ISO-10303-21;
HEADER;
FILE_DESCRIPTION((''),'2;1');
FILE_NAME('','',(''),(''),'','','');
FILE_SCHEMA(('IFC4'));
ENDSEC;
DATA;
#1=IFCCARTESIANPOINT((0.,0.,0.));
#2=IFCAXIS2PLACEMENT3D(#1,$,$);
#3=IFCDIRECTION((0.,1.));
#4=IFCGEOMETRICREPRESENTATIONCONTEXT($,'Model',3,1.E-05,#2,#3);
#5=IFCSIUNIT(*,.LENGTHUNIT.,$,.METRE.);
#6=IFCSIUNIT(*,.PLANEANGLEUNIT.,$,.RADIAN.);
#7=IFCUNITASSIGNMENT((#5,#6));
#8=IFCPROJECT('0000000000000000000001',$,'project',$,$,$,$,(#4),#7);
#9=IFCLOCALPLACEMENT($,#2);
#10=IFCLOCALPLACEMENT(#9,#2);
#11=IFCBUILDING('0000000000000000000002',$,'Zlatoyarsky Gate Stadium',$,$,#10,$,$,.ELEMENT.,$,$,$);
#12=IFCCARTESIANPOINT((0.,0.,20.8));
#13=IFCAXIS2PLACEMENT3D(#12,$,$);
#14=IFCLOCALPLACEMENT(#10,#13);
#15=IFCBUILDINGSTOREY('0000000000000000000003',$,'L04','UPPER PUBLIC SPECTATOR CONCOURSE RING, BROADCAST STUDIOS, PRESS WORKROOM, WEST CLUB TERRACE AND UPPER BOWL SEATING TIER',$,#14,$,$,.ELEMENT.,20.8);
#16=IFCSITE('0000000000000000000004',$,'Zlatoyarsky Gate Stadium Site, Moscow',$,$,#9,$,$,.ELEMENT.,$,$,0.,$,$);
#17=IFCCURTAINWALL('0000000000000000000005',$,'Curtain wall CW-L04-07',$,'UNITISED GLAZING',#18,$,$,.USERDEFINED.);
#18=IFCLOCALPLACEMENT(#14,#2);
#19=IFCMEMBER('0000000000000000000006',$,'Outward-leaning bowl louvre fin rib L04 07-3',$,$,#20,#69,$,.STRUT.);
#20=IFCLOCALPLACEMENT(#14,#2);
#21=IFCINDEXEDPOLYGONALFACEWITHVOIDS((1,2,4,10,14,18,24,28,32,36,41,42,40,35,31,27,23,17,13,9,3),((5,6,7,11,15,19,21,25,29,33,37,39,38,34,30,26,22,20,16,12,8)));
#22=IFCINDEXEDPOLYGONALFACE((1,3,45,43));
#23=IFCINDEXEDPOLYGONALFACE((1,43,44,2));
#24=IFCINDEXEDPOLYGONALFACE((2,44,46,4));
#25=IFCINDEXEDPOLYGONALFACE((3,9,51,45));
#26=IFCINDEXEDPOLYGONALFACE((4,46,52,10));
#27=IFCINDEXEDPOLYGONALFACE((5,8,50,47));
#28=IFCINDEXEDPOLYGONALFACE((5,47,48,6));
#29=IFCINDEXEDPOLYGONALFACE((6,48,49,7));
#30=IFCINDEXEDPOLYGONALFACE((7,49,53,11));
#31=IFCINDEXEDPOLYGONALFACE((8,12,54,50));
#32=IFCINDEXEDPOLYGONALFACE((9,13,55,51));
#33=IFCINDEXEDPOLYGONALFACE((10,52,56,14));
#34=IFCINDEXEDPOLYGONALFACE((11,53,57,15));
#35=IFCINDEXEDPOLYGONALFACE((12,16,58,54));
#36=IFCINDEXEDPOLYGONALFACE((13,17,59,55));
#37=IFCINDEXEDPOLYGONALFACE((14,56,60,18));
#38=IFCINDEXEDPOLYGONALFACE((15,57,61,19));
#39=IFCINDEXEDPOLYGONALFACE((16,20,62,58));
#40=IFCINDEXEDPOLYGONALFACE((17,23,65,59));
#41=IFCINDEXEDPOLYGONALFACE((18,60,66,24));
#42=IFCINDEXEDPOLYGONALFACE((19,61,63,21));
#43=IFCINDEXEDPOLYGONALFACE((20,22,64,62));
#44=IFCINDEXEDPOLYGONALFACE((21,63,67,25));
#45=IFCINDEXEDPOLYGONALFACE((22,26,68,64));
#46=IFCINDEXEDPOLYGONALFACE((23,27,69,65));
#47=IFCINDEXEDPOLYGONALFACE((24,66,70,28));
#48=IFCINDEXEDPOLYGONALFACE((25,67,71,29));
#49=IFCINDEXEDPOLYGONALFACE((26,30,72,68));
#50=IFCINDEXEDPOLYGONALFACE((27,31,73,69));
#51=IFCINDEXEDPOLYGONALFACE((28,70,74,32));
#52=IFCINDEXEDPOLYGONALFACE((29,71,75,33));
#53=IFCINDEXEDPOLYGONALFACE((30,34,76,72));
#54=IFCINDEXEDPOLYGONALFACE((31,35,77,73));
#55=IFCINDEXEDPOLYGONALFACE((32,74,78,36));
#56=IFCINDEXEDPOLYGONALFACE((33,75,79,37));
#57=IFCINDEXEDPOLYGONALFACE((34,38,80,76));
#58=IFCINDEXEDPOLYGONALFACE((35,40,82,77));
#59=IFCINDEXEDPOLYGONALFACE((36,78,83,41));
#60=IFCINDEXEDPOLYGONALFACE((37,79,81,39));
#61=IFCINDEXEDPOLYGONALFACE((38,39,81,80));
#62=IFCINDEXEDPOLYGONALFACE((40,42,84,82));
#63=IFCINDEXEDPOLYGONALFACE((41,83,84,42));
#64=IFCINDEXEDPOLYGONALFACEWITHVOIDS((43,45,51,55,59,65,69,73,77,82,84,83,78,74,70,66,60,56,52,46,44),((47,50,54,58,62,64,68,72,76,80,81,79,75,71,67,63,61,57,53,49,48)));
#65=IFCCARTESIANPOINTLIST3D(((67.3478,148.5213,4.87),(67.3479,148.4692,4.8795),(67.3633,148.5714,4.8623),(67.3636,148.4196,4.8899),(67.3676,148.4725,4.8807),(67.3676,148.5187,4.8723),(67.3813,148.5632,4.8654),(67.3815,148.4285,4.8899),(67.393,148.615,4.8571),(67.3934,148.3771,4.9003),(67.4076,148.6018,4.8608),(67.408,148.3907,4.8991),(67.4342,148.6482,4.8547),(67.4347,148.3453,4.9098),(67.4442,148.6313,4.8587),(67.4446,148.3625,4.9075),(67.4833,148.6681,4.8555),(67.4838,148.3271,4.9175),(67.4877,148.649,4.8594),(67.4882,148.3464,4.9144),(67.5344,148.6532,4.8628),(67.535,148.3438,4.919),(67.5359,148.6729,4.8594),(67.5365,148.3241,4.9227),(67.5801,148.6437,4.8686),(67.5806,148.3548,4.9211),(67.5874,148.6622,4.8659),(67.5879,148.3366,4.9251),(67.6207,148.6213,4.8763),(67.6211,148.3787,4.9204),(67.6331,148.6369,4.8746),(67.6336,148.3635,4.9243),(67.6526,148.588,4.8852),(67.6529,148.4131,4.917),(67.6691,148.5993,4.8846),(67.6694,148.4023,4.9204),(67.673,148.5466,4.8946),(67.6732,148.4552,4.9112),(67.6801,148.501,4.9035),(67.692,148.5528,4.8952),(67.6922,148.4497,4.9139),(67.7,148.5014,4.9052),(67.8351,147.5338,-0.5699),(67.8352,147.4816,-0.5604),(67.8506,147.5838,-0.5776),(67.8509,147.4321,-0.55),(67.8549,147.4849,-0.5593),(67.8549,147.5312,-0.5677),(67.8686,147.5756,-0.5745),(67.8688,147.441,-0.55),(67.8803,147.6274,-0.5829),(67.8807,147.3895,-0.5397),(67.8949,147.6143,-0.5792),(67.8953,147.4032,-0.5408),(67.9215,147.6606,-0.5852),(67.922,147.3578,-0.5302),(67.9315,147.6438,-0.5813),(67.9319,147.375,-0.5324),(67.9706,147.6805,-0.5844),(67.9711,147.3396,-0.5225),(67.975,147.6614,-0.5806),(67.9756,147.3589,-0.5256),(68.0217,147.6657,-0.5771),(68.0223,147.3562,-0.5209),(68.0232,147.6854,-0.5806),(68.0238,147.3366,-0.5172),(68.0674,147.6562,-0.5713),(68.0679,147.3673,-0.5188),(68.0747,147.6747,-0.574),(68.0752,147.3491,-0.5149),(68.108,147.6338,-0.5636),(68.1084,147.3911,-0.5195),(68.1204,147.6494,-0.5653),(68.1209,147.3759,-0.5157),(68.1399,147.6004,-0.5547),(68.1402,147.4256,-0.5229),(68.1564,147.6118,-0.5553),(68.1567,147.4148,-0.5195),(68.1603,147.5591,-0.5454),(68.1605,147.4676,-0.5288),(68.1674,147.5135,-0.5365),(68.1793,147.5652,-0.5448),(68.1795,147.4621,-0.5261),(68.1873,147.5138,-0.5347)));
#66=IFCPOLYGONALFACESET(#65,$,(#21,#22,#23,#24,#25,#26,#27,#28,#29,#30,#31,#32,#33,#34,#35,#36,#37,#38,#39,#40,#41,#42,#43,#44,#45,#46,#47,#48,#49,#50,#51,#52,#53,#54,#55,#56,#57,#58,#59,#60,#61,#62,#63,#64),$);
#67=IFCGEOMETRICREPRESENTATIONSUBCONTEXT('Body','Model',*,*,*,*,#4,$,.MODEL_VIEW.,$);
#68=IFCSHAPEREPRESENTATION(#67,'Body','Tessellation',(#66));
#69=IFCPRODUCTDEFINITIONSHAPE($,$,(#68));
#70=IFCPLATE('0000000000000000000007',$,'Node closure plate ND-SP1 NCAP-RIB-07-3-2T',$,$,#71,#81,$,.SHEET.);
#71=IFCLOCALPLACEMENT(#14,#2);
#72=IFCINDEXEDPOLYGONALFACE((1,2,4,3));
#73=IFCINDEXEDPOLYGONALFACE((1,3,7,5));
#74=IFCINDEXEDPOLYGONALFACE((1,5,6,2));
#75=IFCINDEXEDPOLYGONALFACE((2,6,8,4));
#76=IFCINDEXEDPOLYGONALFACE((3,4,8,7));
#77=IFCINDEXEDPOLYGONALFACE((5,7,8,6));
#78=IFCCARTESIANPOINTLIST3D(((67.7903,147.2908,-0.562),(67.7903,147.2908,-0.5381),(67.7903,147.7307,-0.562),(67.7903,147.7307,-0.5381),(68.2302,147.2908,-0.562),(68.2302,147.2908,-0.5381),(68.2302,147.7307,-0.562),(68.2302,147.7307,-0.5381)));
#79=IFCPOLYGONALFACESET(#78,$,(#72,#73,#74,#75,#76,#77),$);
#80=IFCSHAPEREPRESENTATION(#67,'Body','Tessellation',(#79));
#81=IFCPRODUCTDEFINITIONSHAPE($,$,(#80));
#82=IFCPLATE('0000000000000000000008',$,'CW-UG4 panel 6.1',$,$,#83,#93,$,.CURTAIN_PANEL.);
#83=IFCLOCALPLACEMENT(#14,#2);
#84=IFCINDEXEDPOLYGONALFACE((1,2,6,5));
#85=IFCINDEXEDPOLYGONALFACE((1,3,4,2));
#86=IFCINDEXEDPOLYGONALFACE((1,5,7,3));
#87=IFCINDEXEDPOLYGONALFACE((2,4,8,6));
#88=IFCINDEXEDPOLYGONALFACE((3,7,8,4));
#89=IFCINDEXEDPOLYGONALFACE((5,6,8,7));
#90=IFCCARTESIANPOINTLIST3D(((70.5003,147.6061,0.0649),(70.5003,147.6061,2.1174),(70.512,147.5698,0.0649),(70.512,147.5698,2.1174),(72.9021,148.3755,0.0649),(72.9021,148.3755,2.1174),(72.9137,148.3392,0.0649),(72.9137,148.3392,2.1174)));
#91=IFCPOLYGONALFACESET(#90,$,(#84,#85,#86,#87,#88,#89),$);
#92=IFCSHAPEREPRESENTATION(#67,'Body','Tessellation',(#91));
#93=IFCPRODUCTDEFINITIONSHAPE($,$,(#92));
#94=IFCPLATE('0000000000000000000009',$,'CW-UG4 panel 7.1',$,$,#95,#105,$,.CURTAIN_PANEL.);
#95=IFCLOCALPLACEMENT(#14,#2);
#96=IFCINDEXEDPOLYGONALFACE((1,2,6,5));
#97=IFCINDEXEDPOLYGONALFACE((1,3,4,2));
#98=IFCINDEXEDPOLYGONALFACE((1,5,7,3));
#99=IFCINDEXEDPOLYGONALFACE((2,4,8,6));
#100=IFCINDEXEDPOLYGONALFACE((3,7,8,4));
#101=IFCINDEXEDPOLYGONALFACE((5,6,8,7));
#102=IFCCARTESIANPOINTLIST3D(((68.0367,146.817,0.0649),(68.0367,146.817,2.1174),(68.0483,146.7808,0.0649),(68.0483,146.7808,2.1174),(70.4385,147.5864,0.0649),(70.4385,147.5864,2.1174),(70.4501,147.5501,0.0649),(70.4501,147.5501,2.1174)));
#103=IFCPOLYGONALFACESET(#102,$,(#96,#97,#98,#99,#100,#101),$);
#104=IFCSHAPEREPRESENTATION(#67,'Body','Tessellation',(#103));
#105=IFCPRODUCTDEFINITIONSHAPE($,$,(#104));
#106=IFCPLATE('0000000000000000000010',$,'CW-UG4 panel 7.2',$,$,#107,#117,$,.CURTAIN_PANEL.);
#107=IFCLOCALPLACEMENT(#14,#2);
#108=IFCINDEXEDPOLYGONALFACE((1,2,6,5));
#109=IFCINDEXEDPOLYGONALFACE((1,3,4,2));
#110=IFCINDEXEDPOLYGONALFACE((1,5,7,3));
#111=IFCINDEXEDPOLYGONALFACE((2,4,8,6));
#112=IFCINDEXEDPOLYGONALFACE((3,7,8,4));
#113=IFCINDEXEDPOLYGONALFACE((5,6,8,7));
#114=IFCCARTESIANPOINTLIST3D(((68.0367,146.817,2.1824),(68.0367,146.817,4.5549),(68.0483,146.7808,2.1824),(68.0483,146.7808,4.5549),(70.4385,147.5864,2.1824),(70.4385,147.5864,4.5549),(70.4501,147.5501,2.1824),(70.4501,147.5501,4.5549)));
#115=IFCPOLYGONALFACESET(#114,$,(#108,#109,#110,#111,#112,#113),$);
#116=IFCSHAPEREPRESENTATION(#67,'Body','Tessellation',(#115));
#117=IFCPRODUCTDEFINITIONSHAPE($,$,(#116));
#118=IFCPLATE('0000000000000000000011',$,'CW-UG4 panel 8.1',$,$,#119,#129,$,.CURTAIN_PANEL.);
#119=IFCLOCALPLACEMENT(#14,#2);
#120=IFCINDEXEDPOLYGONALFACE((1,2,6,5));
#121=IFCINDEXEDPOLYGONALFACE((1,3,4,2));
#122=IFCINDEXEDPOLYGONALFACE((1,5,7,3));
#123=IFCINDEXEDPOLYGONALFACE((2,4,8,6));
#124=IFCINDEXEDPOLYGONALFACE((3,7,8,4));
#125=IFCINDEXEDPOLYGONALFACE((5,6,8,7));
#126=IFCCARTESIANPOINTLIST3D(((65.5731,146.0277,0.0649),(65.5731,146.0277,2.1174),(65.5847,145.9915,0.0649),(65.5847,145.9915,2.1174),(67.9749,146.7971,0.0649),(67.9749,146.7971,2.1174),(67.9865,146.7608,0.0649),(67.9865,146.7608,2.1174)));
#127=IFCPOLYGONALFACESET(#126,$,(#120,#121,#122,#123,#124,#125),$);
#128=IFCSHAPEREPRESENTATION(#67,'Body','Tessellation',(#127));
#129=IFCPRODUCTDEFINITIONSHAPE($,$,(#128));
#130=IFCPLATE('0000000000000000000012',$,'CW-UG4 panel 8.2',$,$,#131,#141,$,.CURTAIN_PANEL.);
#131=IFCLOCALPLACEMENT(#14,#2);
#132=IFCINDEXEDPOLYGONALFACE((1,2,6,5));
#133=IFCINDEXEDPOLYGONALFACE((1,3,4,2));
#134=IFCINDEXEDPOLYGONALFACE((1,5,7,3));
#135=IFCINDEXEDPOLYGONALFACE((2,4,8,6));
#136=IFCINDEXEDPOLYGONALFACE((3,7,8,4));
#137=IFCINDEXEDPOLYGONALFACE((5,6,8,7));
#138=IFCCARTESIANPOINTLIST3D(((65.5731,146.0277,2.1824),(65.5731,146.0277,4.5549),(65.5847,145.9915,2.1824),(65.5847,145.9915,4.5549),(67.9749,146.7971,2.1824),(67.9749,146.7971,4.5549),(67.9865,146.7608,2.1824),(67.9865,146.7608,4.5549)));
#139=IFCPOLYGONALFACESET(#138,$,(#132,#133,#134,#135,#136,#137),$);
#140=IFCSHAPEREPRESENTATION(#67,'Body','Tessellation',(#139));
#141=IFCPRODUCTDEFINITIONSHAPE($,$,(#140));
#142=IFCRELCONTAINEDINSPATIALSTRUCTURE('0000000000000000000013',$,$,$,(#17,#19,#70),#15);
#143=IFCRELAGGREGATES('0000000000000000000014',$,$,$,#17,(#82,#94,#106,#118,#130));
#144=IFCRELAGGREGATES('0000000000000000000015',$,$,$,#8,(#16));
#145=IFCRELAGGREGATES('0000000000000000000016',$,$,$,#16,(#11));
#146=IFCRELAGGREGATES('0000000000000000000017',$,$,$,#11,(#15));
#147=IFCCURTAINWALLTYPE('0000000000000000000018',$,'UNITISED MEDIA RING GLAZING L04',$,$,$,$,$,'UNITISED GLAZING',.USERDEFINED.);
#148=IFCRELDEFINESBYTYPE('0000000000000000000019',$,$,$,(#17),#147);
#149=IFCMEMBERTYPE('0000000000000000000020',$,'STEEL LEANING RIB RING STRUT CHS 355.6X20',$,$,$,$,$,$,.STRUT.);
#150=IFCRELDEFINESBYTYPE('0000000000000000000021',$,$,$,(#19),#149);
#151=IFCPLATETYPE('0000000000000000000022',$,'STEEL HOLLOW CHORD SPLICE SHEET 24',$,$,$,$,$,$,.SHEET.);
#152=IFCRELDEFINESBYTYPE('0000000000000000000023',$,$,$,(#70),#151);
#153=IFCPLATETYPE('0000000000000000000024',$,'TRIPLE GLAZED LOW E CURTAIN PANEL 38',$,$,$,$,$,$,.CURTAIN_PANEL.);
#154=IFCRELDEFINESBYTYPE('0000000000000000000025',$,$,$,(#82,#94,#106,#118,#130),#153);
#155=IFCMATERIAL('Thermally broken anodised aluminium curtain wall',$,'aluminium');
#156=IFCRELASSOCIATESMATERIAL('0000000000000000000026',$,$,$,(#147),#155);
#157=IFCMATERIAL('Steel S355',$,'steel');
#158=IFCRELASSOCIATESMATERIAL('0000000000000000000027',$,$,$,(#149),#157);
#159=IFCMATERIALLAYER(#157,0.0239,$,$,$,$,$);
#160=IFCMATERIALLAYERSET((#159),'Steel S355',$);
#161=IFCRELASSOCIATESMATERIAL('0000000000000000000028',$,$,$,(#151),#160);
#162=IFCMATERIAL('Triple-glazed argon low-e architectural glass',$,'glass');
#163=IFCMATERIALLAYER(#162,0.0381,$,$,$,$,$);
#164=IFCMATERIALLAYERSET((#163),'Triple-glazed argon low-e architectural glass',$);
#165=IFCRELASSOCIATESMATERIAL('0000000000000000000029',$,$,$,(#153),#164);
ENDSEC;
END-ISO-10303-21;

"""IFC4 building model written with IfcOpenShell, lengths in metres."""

from ifc_helpers import new_model, si_unit, direction, frame, origin, origin_2d, place, context, subcontext, project, spatial, rectangle, hollow_circle, extrude, material, layer, layer_set, material_profile, profile_set, type_object, element, aggregate, save


model = new_model("IFC4")

# Units and contexts
model_context = context("Model", 3, precision=1e-05, world=origin(), true_north=direction((0.0, 1.0)))
body_context = subcontext(model_context, "Body", "Model", "MODEL_VIEW")
ifc_project = project(units=[si_unit("LENGTHUNIT", "METRE"), si_unit("PLANEANGLEUNIT", "RADIAN")], contexts=[model_context])

# Site, building, storey
site_placement = place(None, origin())
site = spatial("IfcSite", under=ifc_project, at=site_placement, Name="Zlatoyarsky Gate Stadium Site, Moscow", CompositionType="ELEMENT", RefElevation=0.0)
building_placement = place(site_placement, origin())
building = spatial("IfcBuilding", under=site, at=building_placement, Name="Zlatoyarsky Gate Stadium", CompositionType="ELEMENT")
storey_placement = place(building_placement, frame((0.0, 0.0, 20.8)))
storey = spatial("IfcBuildingStorey", under=building, at=storey_placement, Name="L04", Description="UPPER PUBLIC SPECTATOR CONCOURSE RING, BROADCAST STUDIOS, PRESS WORKROOM, WEST CLUB TERRACE AND UPPER BOWL SEATING TIER", CompositionType="ELEMENT", Elevation=20.8)

# Curtain wall
ifc_material_1 = material(Name="Thermally broken anodised aluminium curtain wall", Category="aluminium")
curtain_wall_type = type_object("IfcCurtainWallType", Name="UNITISED MEDIA RING GLAZING L04", ElementType="UNITISED GLAZING", PredefinedType="USERDEFINED", material=ifc_material_1)
curtain_wall_placement = place(storey_placement, origin())
curtain_wall = element("IfcCurtainWall", 1, at=curtain_wall_placement, inside=storey, type_object=curtain_wall_type, Name="Curtain wall CW-L04-07", ObjectType="UNITISED GLAZING", PredefinedType="USERDEFINED")

# Member
ifc_material_2 = material(Name="Steel S355", Category="steel")
ifc_material_profile_1 = material_profile(ifc_material_2, hollow_circle(Radius=0.1777, WallThickness=0.02, at=origin_2d()), Name="CHS 355.6X20")
ifc_profile_set_1 = profile_set([ifc_material_profile_1], Name="Steel S355")
member_type_1 = type_object("IfcMemberType", Name="STEEL LEANING RIB RING STRUT CHS 355.6X20", PredefinedType="STRUT", material=ifc_profile_set_1)
member_1_placement = place(storey_placement, frame((68.0103, 147.5107, -0.55), z_axis=(-0.087798, 0.177928, 0.980119), x_axis=(-0.896765, -0.442507, 0.0)))
element("IfcMember", 2, at=member_1_placement, inside=storey, type_object=member_type_1, Name="Outward-leaning bowl louvre fin rib L04 07-3", PredefinedType="STRUT", context=body_context, shape_type="SweptSolid", body=[
    extrude(hollow_circle(Radius=0.1777, WallThickness=0.02, at=origin_2d()), origin(), (0.0, 0.0, 1.0), 5.5503),
])

# Plates
ifc_layer_1 = layer(ifc_material_2, 0.0239)
ifc_layer_set_1 = layer_set([ifc_layer_1], Name="Steel S355")
plate_type_1 = type_object("IfcPlateType", Name="STEEL HOLLOW CHORD SPLICE SHEET 24", PredefinedType="SHEET", material=ifc_layer_set_1)
plate_1_placement = place(storey_placement, frame((68.0103, 147.5107, -0.562), z_axis=(0.0, 0.0, 1.0), x_axis=(1.0, 0.0, 0.0)))
element("IfcPlate", 3, at=plate_1_placement, inside=storey, type_object=plate_type_1, Name="Node closure plate ND-SP1 NCAP-RIB-07-3-2T", PredefinedType="SHEET", context=body_context, shape_type="SweptSolid", body=[
    extrude(rectangle(XDim=0.4399, YDim=0.4399, at=origin_2d()), origin(), (0.0, 0.0, 1.0), 0.0239),
])
ifc_material_3 = material(Name="Triple-glazed argon low-e architectural glass", Category="glass")
ifc_layer_2 = layer(ifc_material_3, 0.0381)
ifc_layer_set_2 = layer_set([ifc_layer_2], Name="Triple-glazed argon low-e architectural glass")
plate_type_2 = type_object("IfcPlateType", Name="TRIPLE GLAZED LOW E CURTAIN PANEL 38", PredefinedType="CURTAIN_PANEL", material=ifc_layer_set_2)
plate_2_placement = place(storey_placement, frame((71.707, 147.9727, 0.0649), z_axis=(0.0, 0.0, 1.0), x_axis=(-0.952331, -0.305066, 0.0)))
plate_2 = element("IfcPlate", 4, at=plate_2_placement, type_object=plate_type_2, Name="CW-UG4 panel 6.1", PredefinedType="CURTAIN_PANEL", context=body_context, shape_type="SweptSolid", body=[
    extrude(rectangle(XDim=2.522, YDim=0.0381, at=origin_2d()), origin(), (0.0, 0.0, 1.0), 2.0525),
])
plate_3_placement = place(storey_placement, frame((69.2434, 147.1836, 0.0649), z_axis=(0.0, 0.0, 1.0), x_axis=(-0.952331, -0.305066, 0.0)))
plate_3 = element("IfcPlate", 5, at=plate_3_placement, type_object=plate_type_2, Name="CW-UG4 panel 7.1", PredefinedType="CURTAIN_PANEL", context=body_context, shape_type="SweptSolid", body=[
    extrude(rectangle(XDim=2.522, YDim=0.0381, at=origin_2d()), origin(), (0.0, 0.0, 1.0), 2.0525),
])
plate_4_placement = place(storey_placement, frame((69.2434, 147.1836, 2.1824), z_axis=(0.0, 0.0, 1.0), x_axis=(-0.952331, -0.305066, 0.0)))
plate_4 = element("IfcPlate", 6, at=plate_4_placement, type_object=plate_type_2, Name="CW-UG4 panel 7.2", PredefinedType="CURTAIN_PANEL", context=body_context, shape_type="SweptSolid", body=[
    extrude(rectangle(XDim=2.522, YDim=0.0381, at=origin_2d()), origin(), (0.0, 0.0, 1.0), 2.3726),
])
plate_5_placement = place(storey_placement, frame((66.7798, 146.3943, 0.0649), z_axis=(0.0, 0.0, 1.0), x_axis=(-0.952331, -0.305066, 0.0)))
plate_5 = element("IfcPlate", 7, at=plate_5_placement, type_object=plate_type_2, Name="CW-UG4 panel 8.1", PredefinedType="CURTAIN_PANEL", context=body_context, shape_type="SweptSolid", body=[
    extrude(rectangle(XDim=2.522, YDim=0.0381, at=origin_2d()), origin(), (0.0, 0.0, 1.0), 2.0525),
])
plate_6_placement = place(storey_placement, frame((66.7798, 146.3943, 2.1824), z_axis=(0.0, 0.0, 1.0), x_axis=(-0.952331, -0.305066, 0.0)))
plate_6 = element("IfcPlate", 8, at=plate_6_placement, type_object=plate_type_2, Name="CW-UG4 panel 8.2", PredefinedType="CURTAIN_PANEL", context=body_context, shape_type="SweptSolid", body=[
    extrude(rectangle(XDim=2.522, YDim=0.0381, at=origin_2d()), origin(), (0.0, 0.0, 1.0), 2.3726),
])
aggregate(curtain_wall, [plate_2, plate_3, plate_4, plate_5, plate_6])

save(model, "model.ifc")
